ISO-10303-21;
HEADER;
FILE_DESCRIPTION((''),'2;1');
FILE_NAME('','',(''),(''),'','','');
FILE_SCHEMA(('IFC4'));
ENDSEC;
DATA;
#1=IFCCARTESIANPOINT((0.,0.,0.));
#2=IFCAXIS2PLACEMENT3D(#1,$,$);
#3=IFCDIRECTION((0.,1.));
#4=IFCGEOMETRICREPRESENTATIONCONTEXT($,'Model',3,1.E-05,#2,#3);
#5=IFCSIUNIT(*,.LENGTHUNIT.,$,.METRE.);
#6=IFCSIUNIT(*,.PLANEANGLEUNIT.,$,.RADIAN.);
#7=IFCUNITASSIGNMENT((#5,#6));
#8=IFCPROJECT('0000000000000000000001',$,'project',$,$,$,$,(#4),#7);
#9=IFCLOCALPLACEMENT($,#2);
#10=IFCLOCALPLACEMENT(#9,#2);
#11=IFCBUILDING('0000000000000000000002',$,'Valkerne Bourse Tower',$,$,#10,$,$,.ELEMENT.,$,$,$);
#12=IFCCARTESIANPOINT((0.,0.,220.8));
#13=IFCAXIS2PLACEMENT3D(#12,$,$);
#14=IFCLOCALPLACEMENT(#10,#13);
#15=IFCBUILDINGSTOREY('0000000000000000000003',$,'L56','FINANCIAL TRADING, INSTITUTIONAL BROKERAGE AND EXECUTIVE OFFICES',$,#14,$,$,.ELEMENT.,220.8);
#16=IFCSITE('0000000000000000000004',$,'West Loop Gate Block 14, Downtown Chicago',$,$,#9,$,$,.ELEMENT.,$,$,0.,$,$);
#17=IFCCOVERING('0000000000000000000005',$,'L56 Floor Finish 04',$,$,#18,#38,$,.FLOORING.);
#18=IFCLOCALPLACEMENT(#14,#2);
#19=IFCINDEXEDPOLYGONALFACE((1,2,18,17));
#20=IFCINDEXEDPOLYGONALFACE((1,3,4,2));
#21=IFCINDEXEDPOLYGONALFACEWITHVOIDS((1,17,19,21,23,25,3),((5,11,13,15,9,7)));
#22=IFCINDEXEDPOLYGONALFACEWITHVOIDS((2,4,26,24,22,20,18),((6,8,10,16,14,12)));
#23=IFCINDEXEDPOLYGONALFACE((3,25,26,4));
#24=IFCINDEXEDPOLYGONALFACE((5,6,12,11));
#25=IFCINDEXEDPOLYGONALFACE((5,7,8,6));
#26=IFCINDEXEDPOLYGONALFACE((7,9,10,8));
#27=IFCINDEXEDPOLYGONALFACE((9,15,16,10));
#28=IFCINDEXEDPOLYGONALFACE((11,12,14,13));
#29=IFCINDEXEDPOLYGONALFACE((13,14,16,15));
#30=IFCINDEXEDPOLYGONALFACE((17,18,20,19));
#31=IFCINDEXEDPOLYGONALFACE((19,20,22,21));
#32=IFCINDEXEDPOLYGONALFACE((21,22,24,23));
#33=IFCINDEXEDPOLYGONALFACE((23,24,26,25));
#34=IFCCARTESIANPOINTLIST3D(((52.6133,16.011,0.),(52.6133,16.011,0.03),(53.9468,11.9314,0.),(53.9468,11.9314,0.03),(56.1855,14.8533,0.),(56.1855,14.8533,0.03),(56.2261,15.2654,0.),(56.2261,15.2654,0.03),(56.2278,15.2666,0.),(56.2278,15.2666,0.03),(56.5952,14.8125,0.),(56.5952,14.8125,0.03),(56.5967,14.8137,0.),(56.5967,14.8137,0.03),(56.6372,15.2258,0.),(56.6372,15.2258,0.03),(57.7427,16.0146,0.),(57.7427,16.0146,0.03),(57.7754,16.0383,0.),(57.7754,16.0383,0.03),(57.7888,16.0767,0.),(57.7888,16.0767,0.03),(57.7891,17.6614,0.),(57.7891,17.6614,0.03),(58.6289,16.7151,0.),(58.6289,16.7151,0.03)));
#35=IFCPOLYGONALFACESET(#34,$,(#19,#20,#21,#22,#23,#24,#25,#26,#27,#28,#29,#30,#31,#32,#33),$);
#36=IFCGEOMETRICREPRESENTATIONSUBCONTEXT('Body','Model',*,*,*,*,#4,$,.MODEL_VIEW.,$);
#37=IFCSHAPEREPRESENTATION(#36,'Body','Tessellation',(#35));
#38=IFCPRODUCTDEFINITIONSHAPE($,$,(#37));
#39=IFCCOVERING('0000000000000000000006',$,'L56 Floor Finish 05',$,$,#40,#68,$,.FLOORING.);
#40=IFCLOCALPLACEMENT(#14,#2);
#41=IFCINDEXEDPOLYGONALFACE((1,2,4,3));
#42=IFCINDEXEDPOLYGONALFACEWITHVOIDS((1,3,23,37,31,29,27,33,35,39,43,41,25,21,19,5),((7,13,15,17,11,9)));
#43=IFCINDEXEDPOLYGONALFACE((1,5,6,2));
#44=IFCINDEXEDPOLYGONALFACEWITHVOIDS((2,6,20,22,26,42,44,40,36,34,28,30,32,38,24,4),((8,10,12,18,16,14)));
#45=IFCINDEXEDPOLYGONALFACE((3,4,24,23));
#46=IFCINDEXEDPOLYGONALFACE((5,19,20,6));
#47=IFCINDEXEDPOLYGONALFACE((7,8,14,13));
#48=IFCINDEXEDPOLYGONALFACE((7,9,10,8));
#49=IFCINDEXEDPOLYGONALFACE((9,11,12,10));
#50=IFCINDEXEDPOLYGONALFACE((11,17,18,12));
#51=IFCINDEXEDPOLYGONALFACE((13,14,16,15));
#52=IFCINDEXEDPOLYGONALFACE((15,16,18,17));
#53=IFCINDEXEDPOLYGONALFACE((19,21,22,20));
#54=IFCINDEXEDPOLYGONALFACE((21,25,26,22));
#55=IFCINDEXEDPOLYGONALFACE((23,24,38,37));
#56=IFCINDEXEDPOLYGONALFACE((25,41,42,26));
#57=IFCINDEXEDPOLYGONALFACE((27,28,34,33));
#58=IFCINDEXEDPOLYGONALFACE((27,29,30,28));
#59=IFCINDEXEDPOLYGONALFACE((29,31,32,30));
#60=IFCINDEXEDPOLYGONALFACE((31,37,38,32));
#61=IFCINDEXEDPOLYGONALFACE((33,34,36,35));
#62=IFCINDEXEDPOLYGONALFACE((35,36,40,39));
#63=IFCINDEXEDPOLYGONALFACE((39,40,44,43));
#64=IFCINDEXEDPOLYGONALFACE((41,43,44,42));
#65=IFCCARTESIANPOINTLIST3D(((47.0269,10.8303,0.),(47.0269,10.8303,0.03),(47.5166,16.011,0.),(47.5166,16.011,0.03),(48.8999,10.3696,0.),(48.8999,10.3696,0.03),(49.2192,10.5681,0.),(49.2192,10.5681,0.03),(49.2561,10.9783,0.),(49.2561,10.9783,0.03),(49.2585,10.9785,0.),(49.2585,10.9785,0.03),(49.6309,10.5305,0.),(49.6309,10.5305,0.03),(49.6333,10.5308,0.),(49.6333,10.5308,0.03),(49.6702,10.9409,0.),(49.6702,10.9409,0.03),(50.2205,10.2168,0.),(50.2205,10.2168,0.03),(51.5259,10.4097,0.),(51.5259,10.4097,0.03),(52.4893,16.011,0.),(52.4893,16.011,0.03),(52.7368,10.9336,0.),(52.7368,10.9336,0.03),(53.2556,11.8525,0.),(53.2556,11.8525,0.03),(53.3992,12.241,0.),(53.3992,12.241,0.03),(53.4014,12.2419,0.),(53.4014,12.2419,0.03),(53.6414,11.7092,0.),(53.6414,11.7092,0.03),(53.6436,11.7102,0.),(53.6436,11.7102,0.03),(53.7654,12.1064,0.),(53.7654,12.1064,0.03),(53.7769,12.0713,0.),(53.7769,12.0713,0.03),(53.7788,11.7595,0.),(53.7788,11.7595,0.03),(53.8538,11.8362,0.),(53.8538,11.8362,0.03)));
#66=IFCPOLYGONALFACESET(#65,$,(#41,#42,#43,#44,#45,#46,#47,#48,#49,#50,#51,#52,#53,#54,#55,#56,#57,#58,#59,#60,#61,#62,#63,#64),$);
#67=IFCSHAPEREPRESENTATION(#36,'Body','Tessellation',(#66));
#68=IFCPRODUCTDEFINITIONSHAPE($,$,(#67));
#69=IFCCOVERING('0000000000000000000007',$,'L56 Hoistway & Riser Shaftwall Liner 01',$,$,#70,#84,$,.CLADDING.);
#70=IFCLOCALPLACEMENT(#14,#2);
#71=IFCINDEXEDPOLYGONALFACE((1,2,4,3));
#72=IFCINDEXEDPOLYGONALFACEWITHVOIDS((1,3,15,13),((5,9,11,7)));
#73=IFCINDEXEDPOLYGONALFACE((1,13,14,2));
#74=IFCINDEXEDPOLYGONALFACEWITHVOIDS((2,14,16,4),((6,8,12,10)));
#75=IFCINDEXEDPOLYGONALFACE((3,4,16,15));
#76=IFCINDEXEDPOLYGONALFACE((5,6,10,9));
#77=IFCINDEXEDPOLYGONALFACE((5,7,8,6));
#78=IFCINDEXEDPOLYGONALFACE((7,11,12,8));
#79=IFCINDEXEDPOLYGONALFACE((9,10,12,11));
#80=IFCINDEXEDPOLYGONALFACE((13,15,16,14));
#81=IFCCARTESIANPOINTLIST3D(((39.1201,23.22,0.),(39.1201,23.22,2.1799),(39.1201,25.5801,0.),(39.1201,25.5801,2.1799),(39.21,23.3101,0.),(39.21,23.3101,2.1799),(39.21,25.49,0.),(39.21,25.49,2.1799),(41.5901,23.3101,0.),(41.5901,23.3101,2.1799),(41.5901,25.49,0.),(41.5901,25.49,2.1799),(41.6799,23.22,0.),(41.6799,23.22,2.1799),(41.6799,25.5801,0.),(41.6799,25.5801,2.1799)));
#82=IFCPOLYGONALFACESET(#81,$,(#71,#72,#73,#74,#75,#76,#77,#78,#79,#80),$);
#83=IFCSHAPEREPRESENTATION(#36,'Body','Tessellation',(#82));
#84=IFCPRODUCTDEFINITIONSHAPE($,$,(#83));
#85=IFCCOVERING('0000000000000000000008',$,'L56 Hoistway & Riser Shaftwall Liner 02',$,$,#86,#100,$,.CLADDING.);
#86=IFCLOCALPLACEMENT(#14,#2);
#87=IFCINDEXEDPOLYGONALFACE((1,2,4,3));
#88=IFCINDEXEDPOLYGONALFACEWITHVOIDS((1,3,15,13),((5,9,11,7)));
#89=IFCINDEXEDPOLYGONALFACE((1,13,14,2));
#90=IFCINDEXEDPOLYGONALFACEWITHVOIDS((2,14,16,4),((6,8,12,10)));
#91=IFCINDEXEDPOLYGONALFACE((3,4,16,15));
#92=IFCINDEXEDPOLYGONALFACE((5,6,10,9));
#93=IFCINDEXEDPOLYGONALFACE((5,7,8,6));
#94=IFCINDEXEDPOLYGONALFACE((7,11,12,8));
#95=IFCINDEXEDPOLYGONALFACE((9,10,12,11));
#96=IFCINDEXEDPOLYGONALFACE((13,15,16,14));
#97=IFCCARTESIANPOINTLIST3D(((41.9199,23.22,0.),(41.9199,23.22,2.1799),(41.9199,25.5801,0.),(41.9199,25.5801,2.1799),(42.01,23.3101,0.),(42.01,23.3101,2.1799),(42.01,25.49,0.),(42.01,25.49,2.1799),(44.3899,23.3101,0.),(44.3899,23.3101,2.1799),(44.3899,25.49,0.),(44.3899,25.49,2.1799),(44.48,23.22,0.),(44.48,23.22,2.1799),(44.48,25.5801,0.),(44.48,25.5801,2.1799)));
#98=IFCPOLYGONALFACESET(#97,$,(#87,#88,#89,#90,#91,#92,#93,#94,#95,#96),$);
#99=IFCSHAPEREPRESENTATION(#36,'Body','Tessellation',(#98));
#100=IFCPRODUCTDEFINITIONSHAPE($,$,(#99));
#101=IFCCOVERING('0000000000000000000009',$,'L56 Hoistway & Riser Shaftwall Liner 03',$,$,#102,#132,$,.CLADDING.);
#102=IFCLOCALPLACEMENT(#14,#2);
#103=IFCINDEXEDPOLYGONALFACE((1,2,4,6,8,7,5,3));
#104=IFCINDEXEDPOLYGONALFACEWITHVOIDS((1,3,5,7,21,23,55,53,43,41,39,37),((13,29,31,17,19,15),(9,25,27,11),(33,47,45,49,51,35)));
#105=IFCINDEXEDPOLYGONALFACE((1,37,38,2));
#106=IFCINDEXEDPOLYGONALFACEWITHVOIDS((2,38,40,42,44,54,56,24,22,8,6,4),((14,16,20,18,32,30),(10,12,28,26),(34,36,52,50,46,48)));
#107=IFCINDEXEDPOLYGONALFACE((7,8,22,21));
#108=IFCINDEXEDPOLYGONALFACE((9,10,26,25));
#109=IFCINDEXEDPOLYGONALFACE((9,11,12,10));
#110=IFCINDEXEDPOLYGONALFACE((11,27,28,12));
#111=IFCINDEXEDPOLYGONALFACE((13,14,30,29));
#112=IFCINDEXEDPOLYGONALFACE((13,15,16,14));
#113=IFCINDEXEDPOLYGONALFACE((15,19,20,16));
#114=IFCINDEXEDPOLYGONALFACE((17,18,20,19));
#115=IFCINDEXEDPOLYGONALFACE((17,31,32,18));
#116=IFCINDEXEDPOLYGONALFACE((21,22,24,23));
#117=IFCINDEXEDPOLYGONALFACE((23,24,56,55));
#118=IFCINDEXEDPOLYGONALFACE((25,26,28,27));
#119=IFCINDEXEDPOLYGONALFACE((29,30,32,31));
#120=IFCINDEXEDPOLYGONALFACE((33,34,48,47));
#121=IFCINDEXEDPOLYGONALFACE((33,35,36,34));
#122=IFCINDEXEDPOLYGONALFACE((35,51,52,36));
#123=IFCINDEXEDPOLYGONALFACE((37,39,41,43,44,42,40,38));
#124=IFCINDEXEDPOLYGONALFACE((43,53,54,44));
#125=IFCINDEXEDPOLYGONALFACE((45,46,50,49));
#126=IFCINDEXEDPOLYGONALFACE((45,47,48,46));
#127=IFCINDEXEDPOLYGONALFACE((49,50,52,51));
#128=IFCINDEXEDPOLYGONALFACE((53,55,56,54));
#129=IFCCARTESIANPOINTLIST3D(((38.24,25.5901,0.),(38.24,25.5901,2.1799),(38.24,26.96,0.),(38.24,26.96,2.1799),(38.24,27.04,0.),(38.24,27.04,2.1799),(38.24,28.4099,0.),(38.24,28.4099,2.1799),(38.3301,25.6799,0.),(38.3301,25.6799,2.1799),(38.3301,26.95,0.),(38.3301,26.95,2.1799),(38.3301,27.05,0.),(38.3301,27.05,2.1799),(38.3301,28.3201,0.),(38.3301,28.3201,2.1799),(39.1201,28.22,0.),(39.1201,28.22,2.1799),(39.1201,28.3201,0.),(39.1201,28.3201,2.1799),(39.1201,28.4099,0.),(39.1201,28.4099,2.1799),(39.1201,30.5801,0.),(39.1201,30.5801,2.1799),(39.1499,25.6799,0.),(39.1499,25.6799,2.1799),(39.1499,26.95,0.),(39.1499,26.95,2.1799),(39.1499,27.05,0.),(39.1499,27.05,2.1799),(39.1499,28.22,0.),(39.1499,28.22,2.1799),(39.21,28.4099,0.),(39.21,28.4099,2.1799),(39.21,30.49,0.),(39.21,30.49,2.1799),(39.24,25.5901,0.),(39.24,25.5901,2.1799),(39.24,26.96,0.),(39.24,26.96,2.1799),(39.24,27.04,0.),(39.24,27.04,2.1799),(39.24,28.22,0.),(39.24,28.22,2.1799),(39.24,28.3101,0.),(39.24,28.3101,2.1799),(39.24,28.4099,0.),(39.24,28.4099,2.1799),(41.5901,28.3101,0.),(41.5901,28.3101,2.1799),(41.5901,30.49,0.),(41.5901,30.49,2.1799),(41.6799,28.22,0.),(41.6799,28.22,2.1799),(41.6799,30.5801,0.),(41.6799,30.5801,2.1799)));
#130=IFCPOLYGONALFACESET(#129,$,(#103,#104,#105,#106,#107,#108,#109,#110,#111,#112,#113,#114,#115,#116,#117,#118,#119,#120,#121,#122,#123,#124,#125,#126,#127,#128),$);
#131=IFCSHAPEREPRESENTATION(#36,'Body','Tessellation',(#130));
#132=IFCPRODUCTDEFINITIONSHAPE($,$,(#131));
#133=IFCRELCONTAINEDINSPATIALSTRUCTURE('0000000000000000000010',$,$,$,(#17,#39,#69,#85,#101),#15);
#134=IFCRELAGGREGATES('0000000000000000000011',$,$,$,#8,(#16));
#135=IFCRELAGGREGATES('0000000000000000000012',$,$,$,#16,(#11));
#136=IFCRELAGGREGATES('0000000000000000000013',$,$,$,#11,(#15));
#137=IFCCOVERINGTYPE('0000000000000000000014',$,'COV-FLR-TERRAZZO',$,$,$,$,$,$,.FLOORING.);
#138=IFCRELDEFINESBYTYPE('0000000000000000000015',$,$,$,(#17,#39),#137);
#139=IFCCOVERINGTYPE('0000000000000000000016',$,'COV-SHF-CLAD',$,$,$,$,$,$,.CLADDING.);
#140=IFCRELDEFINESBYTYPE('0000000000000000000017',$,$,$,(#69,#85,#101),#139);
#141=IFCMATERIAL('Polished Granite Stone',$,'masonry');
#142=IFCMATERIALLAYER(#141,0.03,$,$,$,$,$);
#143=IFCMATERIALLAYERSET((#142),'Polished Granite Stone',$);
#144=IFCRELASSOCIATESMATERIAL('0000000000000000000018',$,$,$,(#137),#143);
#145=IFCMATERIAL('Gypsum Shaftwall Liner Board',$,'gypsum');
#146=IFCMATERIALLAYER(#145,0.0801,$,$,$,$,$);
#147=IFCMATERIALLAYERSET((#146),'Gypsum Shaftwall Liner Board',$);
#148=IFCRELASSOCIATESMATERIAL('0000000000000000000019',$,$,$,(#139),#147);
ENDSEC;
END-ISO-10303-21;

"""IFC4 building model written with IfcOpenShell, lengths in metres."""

from ifc_helpers import new_model, si_unit, direction, frame, origin, place, context, subcontext, project, spatial, polyline, outline, extrude, material, layer, layer_set, type_object, element, save


model = new_model("IFC4")

# Units and contexts
model_context = context("Model", 3, precision=1e-05, world=origin(), true_north=direction((0.0, 1.0)))
body_context = subcontext(model_context, "Body", "Model", "MODEL_VIEW")
ifc_project = project(units=[si_unit("LENGTHUNIT", "METRE"), si_unit("PLANEANGLEUNIT", "RADIAN")], contexts=[model_context])

# Site, building, storey
site_placement = place(None, origin())
site = spatial("IfcSite", under=ifc_project, at=site_placement, Name="West Loop Gate Block 14, Downtown Chicago", CompositionType="ELEMENT", RefElevation=0.0)
building_placement = place(site_placement, origin())
building = spatial("IfcBuilding", under=site, at=building_placement, Name="Valkerne Bourse Tower", CompositionType="ELEMENT")
storey_placement = place(building_placement, frame((0.0, 0.0, 220.8)))
storey = spatial("IfcBuildingStorey", under=building, at=storey_placement, Name="L56", Description="FINANCIAL TRADING, INSTITUTIONAL BROKERAGE AND EXECUTIVE OFFICES", CompositionType="ELEMENT", Elevation=220.8)

# Coverings
ifc_material_1 = material(Name="Polished Granite Stone", Category="masonry")
ifc_layer_1 = layer(ifc_material_1, 0.03)
ifc_layer_set_1 = layer_set([ifc_layer_1], Name="Polished Granite Stone")
covering_type_1 = type_object("IfcCoveringType", Name="COV-FLR-TERRAZZO", PredefinedType="FLOORING", material=ifc_layer_set_1)
covering_1_placement = place(storey_placement, origin())
element("IfcCovering", 1, at=covering_1_placement, inside=storey, type_object=covering_type_1, Name="L56 Floor Finish 04", PredefinedType="FLOORING", context=body_context, shape_type="SweptSolid", body=[
    extrude(outline(polyline([(57.7427, 16.0146), (57.7754, 16.0383), (57.7888, 16.0767), (57.7891, 17.6614), (58.6289, 16.7151), (53.9468, 11.9314), (52.6133, 16.011), (57.7427, 16.0146)]), holes=[polyline([(56.6372, 15.2258), (56.2278, 15.2666), (56.2261, 15.2654), (56.1855, 14.8533), (56.5952, 14.8125), (56.5967, 14.8137), (56.6372, 15.2258)])]), origin(), (0.0, 0.0, 1.0), 0.03),
])
covering_2_placement = place(storey_placement, origin())
element("IfcCovering", 2, at=covering_2_placement, inside=storey, type_object=covering_type_1, Name="L56 Floor Finish 05", PredefinedType="FLOORING", context=body_context, shape_type="SweptSolid", body=[
    extrude(outline(polyline([(51.5259, 10.4097), (50.2205, 10.2168), (48.8999, 10.3696), (47.0269, 10.8303), (47.5166, 16.011), (52.4893, 16.011), (53.7654, 12.1064), (53.4014, 12.2419), (53.3992, 12.241), (53.2556, 11.8525), (53.6414, 11.7092), (53.6436, 11.7102), (53.7769, 12.0713), (53.8538, 11.8362), (53.7788, 11.7595), (52.7368, 10.9336), (51.5259, 10.4097)]), holes=[polyline([(49.6702, 10.9409), (49.2585, 10.9785), (49.2561, 10.9783), (49.2192, 10.5681), (49.6309, 10.5305), (49.6333, 10.5308), (49.6702, 10.9409)])]), origin(), (0.0, 0.0, 1.0), 0.03),
])
ifc_material_2 = material(Name="Gypsum Shaftwall Liner Board", Category="gypsum")
ifc_layer_2 = layer(ifc_material_2, 0.0801)
ifc_layer_set_2 = layer_set([ifc_layer_2], Name="Gypsum Shaftwall Liner Board")
covering_type_2 = type_object("IfcCoveringType", Name="COV-SHF-CLAD", PredefinedType="CLADDING", material=ifc_layer_set_2)
covering_3_placement = place(storey_placement, origin())
element("IfcCovering", 3, at=covering_3_placement, inside=storey, type_object=covering_type_2, Name="L56 Hoistway & Riser Shaftwall Liner 01", PredefinedType="CLADDING", context=body_context, shape_type="SweptSolid", body=[
    extrude(outline(polyline([(41.6799, 25.5801), (41.6799, 23.22), (39.1201, 23.22), (39.1201, 25.5801), (41.6799, 25.5801)]), holes=[polyline([(41.5901, 25.49), (39.21, 25.49), (39.21, 23.3101), (41.5901, 23.3101), (41.5901, 25.49)])]), origin(), (0.0, 0.0, 1.0), 2.1799),
])
covering_4_placement = place(storey_placement, origin())
element("IfcCovering", 4, at=covering_4_placement, inside=storey, type_object=covering_type_2, Name="L56 Hoistway & Riser Shaftwall Liner 02", PredefinedType="CLADDING", context=body_context, shape_type="SweptSolid", body=[
    extrude(outline(polyline([(44.48, 23.22), (41.9199, 23.22), (41.9199, 25.5801), (44.48, 25.5801), (44.48, 23.22)]), holes=[polyline([(42.01, 25.49), (42.01, 23.3101), (44.3899, 23.3101), (44.3899, 25.49), (42.01, 25.49)])]), origin(), (0.0, 0.0, 1.0), 2.1799),
])
covering_5_placement = place(storey_placement, origin())
element("IfcCovering", 5, at=covering_5_placement, inside=storey, type_object=covering_type_2, Name="L56 Hoistway & Riser Shaftwall Liner 03", PredefinedType="CLADDING", context=body_context, shape_type="SweptSolid", body=[
    extrude(outline(polyline([(38.24, 28.4099), (39.1201, 28.4099), (39.1201, 30.5801), (41.6799, 30.5801), (41.6799, 28.22), (39.24, 28.22), (39.24, 27.04), (39.24, 26.96), (39.24, 25.5901), (38.24, 25.5901), (38.24, 26.96), (38.24, 27.04), (38.24, 28.4099)]), holes=[polyline([(38.3301, 26.95), (38.3301, 25.6799), (39.1499, 25.6799), (39.1499, 26.95), (38.3301, 26.95)]), polyline([(39.21, 30.49), (39.21, 28.4099), (39.24, 28.4099), (39.24, 28.3101), (41.5901, 28.3101), (41.5901, 30.49), (39.21, 30.49)]), polyline([(38.3301, 27.05), (39.1499, 27.05), (39.1499, 28.22), (39.1201, 28.22), (39.1201, 28.3201), (38.3301, 28.3201), (38.3301, 27.05)])]), origin(), (0.0, 0.0, 1.0), 2.1799),
])

save(model, "model.ifc")
